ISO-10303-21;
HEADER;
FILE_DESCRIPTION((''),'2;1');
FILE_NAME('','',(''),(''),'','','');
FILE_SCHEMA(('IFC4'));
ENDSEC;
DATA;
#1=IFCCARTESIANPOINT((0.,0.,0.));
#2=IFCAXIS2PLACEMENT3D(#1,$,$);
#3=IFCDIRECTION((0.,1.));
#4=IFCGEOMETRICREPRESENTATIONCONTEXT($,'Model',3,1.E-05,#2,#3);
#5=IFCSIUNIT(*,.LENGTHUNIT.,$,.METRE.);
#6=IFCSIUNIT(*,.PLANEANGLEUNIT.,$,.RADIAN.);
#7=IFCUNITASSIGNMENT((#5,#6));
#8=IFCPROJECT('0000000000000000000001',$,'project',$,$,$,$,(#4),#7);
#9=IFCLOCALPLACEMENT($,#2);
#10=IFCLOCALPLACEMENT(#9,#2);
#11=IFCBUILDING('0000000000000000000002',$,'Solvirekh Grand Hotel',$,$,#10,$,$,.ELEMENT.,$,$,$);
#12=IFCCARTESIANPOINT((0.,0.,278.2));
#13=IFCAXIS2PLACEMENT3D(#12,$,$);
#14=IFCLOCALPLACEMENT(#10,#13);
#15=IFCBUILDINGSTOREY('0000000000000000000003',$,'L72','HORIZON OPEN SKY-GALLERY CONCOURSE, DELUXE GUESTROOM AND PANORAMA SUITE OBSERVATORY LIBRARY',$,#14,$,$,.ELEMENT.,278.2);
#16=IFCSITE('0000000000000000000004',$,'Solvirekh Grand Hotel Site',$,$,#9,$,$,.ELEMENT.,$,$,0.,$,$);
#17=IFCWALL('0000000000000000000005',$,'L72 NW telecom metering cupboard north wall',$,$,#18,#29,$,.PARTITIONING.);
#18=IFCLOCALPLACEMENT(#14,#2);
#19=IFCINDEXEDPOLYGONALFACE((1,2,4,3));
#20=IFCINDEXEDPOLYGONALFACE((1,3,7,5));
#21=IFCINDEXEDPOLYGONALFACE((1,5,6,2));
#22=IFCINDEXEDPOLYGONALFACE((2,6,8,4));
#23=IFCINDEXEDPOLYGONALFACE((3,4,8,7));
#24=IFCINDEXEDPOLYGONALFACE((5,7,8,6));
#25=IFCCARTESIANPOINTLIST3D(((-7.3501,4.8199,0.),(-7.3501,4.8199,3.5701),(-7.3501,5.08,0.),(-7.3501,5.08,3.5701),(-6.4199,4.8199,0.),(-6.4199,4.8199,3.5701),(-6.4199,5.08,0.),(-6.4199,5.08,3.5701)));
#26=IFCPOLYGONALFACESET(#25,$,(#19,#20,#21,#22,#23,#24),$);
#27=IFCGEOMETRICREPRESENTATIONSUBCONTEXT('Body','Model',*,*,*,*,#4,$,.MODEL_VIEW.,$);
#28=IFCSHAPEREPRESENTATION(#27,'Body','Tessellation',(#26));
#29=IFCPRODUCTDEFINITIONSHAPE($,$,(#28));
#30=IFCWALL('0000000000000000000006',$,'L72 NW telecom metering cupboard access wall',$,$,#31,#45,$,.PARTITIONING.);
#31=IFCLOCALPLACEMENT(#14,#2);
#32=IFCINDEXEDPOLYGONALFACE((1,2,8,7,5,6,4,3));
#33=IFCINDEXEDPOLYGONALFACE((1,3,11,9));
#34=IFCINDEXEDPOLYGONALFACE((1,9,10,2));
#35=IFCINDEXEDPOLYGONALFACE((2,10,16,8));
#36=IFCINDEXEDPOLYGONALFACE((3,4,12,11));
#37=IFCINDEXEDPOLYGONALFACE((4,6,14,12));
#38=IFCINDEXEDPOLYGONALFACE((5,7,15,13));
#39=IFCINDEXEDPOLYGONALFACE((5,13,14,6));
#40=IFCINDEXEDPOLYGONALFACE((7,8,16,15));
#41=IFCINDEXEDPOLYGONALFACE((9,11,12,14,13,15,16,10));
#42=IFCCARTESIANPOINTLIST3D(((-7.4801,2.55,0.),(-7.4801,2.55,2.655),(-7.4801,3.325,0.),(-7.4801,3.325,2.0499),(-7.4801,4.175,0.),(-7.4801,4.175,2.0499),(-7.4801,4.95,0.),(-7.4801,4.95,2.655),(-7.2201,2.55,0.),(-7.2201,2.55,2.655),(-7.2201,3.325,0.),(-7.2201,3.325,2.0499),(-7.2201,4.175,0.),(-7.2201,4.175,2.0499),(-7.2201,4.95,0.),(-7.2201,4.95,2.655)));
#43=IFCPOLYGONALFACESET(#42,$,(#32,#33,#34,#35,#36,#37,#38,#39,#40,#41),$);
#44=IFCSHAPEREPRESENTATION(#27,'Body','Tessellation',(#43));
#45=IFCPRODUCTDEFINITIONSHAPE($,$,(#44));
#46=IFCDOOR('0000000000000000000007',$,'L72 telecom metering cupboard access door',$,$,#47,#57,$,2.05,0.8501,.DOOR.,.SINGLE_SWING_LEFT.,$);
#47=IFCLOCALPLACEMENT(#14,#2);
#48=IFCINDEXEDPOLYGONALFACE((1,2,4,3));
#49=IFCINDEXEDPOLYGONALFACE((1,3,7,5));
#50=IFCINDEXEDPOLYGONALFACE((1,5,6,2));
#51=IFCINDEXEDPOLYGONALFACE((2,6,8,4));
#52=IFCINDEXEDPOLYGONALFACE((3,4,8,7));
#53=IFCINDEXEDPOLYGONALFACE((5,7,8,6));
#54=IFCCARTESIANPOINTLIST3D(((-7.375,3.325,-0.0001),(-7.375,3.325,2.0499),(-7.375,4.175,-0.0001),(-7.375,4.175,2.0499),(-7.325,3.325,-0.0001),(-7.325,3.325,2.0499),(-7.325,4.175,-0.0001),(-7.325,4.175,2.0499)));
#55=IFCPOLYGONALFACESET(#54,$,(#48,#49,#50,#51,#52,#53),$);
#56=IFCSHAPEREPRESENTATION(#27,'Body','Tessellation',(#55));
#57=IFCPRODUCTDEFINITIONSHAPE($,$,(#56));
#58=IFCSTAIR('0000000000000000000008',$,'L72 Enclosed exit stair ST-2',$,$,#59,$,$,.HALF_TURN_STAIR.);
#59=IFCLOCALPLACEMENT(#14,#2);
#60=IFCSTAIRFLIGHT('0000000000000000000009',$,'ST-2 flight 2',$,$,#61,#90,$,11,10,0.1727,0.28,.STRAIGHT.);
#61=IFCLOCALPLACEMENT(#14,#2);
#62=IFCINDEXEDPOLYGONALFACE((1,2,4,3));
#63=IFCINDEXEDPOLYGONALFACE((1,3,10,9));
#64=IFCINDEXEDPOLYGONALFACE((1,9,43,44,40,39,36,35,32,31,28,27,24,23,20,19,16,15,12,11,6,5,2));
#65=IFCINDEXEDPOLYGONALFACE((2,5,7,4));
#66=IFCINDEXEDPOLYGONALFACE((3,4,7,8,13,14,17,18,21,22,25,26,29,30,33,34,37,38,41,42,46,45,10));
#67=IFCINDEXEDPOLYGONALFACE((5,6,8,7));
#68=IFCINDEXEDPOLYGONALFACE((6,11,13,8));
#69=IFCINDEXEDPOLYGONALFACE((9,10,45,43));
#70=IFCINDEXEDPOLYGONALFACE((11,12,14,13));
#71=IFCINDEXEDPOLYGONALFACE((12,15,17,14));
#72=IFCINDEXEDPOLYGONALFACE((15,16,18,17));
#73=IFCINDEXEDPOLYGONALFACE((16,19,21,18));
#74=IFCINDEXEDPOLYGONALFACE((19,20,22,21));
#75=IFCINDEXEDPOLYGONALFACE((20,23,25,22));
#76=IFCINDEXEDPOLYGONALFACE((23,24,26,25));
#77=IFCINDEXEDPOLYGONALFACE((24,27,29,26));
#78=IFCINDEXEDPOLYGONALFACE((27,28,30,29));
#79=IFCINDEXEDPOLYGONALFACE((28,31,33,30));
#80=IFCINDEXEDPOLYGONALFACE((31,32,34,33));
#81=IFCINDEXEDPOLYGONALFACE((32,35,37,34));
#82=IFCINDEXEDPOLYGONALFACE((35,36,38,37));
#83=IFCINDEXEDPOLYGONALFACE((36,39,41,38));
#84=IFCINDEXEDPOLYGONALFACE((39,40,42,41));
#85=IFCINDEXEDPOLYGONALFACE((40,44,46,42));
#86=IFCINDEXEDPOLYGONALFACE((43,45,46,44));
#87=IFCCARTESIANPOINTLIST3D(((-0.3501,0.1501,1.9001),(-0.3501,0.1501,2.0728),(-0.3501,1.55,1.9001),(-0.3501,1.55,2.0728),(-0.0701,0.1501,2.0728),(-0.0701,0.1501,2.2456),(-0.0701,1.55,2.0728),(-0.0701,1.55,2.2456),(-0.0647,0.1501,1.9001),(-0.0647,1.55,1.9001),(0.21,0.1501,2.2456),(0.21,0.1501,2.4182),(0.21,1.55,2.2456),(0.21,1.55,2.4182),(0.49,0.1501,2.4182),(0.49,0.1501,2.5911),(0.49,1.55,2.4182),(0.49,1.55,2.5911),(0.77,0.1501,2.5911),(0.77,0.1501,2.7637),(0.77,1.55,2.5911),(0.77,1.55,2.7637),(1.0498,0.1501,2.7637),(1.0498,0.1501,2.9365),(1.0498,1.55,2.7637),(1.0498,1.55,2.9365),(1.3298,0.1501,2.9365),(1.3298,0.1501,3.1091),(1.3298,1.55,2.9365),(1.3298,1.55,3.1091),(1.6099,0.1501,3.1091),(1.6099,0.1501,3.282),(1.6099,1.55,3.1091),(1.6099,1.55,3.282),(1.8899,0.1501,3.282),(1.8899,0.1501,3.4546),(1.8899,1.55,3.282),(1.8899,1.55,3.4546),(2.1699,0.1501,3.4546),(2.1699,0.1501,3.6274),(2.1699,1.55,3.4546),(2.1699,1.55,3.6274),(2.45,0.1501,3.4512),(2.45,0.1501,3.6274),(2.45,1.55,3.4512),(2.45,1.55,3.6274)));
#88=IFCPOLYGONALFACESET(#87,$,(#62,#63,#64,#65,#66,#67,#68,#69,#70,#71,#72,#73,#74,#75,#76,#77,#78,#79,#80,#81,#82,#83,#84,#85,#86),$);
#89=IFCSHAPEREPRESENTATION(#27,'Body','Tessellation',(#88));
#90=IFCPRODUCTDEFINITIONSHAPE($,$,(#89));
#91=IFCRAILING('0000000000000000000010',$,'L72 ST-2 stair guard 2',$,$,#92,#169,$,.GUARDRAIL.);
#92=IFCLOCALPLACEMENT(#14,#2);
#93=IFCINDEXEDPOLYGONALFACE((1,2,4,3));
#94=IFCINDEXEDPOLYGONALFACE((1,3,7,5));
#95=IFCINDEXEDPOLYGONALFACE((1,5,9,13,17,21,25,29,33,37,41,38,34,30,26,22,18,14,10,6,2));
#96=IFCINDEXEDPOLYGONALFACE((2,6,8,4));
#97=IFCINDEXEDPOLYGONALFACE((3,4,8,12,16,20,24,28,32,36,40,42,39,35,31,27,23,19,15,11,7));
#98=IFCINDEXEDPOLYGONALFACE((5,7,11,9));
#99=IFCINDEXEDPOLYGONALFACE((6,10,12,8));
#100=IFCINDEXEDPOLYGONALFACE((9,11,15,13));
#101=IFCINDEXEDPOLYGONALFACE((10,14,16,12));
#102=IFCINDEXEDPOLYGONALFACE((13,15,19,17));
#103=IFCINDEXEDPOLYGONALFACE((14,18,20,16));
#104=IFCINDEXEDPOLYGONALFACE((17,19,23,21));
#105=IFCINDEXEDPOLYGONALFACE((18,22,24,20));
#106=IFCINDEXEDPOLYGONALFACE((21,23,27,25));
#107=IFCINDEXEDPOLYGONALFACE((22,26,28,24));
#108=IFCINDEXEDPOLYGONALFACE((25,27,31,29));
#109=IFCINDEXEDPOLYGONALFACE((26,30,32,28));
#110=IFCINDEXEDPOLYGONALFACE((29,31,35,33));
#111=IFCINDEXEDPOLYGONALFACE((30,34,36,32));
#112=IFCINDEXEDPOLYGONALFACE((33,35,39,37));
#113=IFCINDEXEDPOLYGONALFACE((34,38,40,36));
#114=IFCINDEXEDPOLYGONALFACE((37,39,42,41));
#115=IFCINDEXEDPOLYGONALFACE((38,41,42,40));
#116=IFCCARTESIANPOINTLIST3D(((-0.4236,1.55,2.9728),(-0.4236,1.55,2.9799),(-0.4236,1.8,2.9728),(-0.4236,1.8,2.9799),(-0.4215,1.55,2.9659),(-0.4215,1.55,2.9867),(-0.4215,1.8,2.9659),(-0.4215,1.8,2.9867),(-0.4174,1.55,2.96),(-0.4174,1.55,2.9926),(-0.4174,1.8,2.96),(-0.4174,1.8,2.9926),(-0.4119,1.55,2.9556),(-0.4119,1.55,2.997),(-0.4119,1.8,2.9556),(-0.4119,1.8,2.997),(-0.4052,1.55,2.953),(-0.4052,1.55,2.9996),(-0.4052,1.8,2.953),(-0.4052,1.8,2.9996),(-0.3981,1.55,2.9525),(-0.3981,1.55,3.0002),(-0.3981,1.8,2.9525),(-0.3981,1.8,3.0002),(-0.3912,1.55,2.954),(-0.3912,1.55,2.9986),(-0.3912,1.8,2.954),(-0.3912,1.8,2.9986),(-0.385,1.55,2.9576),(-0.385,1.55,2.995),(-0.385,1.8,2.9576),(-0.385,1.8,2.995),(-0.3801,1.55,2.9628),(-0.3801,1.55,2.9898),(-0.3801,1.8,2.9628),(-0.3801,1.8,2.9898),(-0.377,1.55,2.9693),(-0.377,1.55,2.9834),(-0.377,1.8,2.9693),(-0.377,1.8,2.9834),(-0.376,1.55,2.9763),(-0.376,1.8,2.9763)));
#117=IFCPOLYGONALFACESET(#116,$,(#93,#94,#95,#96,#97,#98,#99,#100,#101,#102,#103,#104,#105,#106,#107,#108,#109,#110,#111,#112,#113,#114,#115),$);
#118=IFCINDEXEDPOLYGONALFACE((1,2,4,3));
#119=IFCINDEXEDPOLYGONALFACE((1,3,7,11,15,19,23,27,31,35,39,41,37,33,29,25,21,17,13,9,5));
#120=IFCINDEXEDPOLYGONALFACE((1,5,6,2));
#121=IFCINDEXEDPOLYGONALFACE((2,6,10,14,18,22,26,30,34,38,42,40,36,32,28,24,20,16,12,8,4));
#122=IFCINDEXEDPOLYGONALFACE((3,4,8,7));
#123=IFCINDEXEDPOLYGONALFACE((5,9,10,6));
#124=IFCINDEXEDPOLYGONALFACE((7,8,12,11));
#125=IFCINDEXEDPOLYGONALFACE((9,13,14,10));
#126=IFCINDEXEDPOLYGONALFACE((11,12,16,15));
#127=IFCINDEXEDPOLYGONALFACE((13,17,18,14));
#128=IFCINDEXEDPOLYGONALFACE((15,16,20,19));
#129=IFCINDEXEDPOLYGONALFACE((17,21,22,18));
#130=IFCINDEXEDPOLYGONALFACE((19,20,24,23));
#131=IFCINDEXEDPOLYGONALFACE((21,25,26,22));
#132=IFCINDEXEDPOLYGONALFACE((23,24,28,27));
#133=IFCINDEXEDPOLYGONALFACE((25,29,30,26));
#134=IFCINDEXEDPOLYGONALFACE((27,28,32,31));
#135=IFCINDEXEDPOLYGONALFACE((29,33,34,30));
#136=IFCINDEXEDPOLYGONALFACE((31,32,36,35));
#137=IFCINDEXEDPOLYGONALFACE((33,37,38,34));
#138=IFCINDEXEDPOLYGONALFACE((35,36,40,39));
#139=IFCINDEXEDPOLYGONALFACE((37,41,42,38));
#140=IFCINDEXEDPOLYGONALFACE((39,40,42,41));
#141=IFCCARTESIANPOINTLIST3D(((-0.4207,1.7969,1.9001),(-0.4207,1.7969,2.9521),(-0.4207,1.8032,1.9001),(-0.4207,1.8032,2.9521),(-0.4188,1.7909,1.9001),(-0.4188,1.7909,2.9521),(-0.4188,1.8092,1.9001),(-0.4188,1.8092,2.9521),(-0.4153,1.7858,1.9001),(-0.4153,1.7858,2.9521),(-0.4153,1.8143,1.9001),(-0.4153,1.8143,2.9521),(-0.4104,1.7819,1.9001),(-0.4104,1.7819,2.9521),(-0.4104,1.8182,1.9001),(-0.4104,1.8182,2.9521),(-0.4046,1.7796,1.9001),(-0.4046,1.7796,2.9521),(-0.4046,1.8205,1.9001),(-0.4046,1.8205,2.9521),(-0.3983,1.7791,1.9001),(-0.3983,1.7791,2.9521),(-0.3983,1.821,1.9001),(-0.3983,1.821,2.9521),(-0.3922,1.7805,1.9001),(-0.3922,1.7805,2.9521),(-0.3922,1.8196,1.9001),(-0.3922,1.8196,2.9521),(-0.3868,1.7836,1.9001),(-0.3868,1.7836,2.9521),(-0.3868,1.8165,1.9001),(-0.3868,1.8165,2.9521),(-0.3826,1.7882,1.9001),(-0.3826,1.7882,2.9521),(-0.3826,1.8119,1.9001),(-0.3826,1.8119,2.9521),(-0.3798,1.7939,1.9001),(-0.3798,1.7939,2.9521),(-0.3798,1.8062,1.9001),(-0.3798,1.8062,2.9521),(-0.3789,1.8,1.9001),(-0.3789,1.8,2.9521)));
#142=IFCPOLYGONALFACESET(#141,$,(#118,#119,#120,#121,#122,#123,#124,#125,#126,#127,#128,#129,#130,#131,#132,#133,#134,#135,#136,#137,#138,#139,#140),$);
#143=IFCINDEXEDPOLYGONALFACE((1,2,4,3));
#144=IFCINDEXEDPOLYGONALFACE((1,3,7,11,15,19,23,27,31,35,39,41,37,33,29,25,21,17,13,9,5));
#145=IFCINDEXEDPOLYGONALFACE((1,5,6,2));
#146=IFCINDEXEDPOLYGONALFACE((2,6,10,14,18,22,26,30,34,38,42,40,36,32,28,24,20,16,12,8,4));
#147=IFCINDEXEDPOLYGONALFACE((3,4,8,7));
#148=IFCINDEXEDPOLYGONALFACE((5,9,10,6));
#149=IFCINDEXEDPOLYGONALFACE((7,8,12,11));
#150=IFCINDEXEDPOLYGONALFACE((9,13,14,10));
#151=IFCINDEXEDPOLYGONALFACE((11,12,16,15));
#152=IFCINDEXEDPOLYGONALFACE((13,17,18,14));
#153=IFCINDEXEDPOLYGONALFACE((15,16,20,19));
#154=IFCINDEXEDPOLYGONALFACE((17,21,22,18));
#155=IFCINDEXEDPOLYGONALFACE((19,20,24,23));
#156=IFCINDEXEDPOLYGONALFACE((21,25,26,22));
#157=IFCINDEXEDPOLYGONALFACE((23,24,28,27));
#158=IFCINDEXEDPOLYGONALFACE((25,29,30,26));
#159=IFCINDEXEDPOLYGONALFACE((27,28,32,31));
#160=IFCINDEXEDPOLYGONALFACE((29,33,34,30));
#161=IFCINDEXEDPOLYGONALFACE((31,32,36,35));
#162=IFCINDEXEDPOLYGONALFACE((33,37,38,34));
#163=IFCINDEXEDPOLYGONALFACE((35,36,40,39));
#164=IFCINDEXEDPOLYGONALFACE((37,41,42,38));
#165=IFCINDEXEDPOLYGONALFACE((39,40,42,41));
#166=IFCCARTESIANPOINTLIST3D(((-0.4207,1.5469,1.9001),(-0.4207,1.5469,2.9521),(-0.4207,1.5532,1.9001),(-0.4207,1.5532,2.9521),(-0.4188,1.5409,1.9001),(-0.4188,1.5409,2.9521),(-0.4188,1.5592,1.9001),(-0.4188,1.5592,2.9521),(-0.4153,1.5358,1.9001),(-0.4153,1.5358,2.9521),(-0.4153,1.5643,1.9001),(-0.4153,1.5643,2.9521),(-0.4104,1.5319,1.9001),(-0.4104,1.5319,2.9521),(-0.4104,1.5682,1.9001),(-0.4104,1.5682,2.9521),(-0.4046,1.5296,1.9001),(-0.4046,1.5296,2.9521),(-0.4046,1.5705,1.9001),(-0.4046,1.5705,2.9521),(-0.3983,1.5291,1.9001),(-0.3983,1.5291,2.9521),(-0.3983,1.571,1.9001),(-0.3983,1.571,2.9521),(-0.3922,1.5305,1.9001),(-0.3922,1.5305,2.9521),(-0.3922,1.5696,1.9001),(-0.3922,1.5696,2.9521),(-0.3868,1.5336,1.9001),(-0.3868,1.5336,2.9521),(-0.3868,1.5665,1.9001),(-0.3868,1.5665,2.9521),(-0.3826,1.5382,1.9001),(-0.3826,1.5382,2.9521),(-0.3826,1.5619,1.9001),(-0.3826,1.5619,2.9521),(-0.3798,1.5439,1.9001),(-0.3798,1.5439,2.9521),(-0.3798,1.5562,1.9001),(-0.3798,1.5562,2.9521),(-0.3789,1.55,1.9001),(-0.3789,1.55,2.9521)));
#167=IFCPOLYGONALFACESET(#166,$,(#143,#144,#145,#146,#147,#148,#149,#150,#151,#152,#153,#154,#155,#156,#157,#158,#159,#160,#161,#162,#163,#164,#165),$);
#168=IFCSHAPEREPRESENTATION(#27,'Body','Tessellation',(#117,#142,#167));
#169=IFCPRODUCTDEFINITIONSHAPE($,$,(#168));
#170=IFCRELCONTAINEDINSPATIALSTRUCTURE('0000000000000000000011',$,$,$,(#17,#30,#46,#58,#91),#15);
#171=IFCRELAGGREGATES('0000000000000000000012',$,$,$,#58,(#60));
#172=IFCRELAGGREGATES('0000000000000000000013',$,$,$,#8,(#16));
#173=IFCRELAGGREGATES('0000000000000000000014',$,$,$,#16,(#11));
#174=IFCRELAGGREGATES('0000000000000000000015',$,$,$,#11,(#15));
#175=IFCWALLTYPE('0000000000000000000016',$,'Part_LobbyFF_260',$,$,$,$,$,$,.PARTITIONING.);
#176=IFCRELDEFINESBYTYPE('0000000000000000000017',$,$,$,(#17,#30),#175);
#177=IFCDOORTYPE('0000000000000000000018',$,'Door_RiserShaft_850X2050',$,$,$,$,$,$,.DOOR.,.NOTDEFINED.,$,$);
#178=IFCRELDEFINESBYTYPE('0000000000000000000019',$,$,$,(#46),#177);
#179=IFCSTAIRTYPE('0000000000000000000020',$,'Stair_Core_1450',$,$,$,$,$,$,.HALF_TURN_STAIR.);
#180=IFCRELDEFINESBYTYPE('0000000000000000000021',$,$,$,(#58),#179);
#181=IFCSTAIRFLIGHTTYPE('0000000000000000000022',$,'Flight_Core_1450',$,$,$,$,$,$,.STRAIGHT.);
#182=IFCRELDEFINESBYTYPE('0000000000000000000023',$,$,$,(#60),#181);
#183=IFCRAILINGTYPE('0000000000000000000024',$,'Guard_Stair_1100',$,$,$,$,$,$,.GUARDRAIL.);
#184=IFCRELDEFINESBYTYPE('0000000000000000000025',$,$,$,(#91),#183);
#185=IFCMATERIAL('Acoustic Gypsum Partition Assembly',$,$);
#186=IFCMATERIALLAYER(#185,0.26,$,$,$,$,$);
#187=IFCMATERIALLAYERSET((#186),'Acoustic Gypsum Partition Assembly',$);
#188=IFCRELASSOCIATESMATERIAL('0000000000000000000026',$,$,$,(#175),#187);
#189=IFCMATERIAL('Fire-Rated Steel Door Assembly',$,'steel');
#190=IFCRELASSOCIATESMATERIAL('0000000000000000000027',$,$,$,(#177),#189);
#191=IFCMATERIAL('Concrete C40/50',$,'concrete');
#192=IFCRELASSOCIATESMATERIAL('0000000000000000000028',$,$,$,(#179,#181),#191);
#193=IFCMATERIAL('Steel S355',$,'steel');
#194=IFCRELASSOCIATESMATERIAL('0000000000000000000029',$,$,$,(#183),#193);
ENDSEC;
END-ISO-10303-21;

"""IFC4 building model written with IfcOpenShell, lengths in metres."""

from ifc_helpers import new_model, si_unit, direction, frame, frame_2d, origin, origin_2d, place, context, subcontext, project, spatial, polyline, rectangle, circle, outline, extrude, material, layer, layer_set, type_object, element, fill, aggregate, save


model = new_model("IFC4")

# Units and contexts
model_context = context("Model", 3, precision=1e-05, world=origin(), true_north=direction((0.0, 1.0)))
body_context = subcontext(model_context, "Body", "Model", "MODEL_VIEW")
ifc_project = project(units=[si_unit("LENGTHUNIT", "METRE"), si_unit("PLANEANGLEUNIT", "RADIAN")], contexts=[model_context])

# Site, building, storey
site_placement = place(None, origin())
site = spatial("IfcSite", under=ifc_project, at=site_placement, Name="Solvirekh Grand Hotel Site", CompositionType="ELEMENT", RefElevation=0.0)
building_placement = place(site_placement, origin())
building = spatial("IfcBuilding", under=site, at=building_placement, Name="Solvirekh Grand Hotel", CompositionType="ELEMENT")
storey_placement = place(building_placement, frame((0.0, 0.0, 278.2)))
storey = spatial("IfcBuildingStorey", under=building, at=storey_placement, Name="L72", Description="HORIZON OPEN SKY-GALLERY CONCOURSE, DELUXE GUESTROOM AND PANORAMA SUITE OBSERVATORY LIBRARY", CompositionType="ELEMENT", Elevation=278.2)

# Shared definitions
ifc_material_1 = material(Name="Concrete C40/50", Category="concrete")
ifc_material_2 = material(Name="Fire-Rated Steel Door Assembly", Category="steel")

# Wall
ifc_material_3 = material(Name="Acoustic Gypsum Partition Assembly")
ifc_layer_1 = layer(ifc_material_3, 0.26)
ifc_layer_set_1 = layer_set([ifc_layer_1], Name="Acoustic Gypsum Partition Assembly")
wall_type_1 = type_object("IfcWallType", Name="Part_LobbyFF_260", PredefinedType="PARTITIONING", material=ifc_layer_set_1)
wall_1_placement = place(storey_placement, frame((-7.3501, 4.95, 0.0), z_axis=(0.0, 0.0, 1.0), x_axis=(1.0, 0.0, 0.0)))
element("IfcWall", 1, at=wall_1_placement, inside=storey, type_object=wall_type_1, Name="L72 NW telecom metering cupboard north wall", PredefinedType="PARTITIONING", context=body_context, shape_type="SweptSolid", body=[
    extrude(rectangle(XDim=0.9302, YDim=0.26, at=frame_2d((0.4651, 0.0))), origin(), (0.0, 0.0, 1.0), 3.5701),
])

# Wall, opening, door
wall_2_placement = place(storey_placement, frame((-7.3501, 2.55, 0.0), z_axis=(0.0, 0.0, 1.0), x_axis=(0.0, 1.0, 0.0)))
wall_2 = element("IfcWall", 2, at=wall_2_placement, inside=storey, type_object=wall_type_1, Name="L72 NW telecom metering cupboard access wall", PredefinedType="PARTITIONING", context=body_context, shape_type="SweptSolid", body=[
    extrude(rectangle(XDim=2.3999, YDim=0.26, at=frame_2d((1.2, 0.0))), origin(), (0.0, 0.0, 1.0), 2.655),
])
opening_1_placement = place(wall_2_placement, frame((0.7749, 0.0, 0.0)))
opening_1 = element("IfcOpeningElement", 3, at=opening_1_placement, cuts=wall_2, PredefinedType="OPENING", context=body_context, shape_type="SweptSolid", body=[
    extrude(rectangle(XDim=0.8501, YDim=2.05, at=frame_2d((0.425, 1.0249))), frame((0.0, 0.1401, 0.0), z_axis=(0.0, -1.0, 0.0), x_axis=(1.0, 0.0, 0.0)), (0.0, 0.0, 1.0), 0.28),
])
door_type_1 = type_object("IfcDoorType", Name="Door_RiserShaft_850X2050", OperationType="NOTDEFINED", PredefinedType="DOOR", material=ifc_material_2)
door_1_placement = place(opening_1_placement, origin())
door_1 = element("IfcDoor", 4, at=door_1_placement, inside=storey, type_object=door_type_1, Name="L72 telecom metering cupboard access door", OperationType="SINGLE_SWING_LEFT", OverallHeight=2.05, OverallWidth=0.8501, PredefinedType="DOOR", context=body_context, shape_type="SweptSolid", body=[
    extrude(rectangle(XDim=0.8501, YDim=2.05, at=frame_2d((0.425, 1.0249))), frame((0.0, 0.0249, 0.0), z_axis=(0.0, -1.0, 0.0), x_axis=(1.0, 0.0, 0.0)), (0.0, 0.0, 1.0), 0.05),
])
fill(opening_1, door_1)

# Stair, stair flight
stair_type = type_object("IfcStairType", Name="Stair_Core_1450", PredefinedType="HALF_TURN_STAIR", material=ifc_material_1)
stair_placement = place(storey_placement, origin())
stair = element("IfcStair", 5, at=stair_placement, inside=storey, type_object=stair_type, Name="L72 Enclosed exit stair ST-2", PredefinedType="HALF_TURN_STAIR")
stair_flight_type = type_object("IfcStairFlightType", Name="Flight_Core_1450", PredefinedType="STRAIGHT", material=ifc_material_1)
stair_flight_placement = place(storey_placement, frame((-0.3501, 0.8501, 1.9001), z_axis=(0.0, 0.0, 1.0), x_axis=(1.0, 0.0, 0.0)))
stair_flight = element("IfcStairFlight", 6, at=stair_flight_placement, type_object=stair_flight_type, Name="ST-2 flight 2", NumberOfRisers=11, NumberOfTreads=10, PredefinedType="STRAIGHT", RiserHeight=0.1727, TreadLength=0.28, context=body_context, shape_type="SweptSolid", body=[
    extrude(outline(polyline([(0.0, 0.0), (0.0, 0.1726), (0.28, 0.1726), (0.28, 0.3455), (0.5601, 0.3455), (0.5601, 0.5181), (0.8401, 0.5181), (0.8401, 0.6909), (1.1201, 0.6909), (1.1201, 0.8635), (1.3999, 0.8635), (1.3999, 1.0364), (1.6799, 1.0364), (1.6799, 1.209), (1.96, 1.209), (1.96, 1.3818), (2.24, 1.3818), (2.24, 1.5544), (2.52, 1.5544), (2.52, 1.7273), (2.8, 1.7273), (2.8, 1.8999), (2.8, 1.551), (0.2854, 0.0), (0.0, 0.0)])), frame((0.0, 0.7, 0.0), z_axis=(0.0, -1.0, 0.0), x_axis=(1.0, 0.0, 0.0)), (0.0, 0.0, 1.0), 1.3999),
])
aggregate(stair, [stair_flight])

# Railing
ifc_material_4 = material(Name="Steel S355", Category="steel")
railing_type = type_object("IfcRailingType", Name="Guard_Stair_1100", PredefinedType="GUARDRAIL", material=ifc_material_4)
railing_1_placement = place(storey_placement, frame((-0.3999, 1.8, 1.9001)))
element("IfcRailing", 7, at=railing_1_placement, inside=storey, type_object=railing_type, Name="L72 ST-2 stair guard 2", PredefinedType="GUARDRAIL", context=body_context, shape_type="SweptSolid", body=[
    extrude(circle(Radius=0.0239, at=origin_2d()), frame((0.0, 0.0, 1.0762), z_axis=(0.0, -1.0, 0.0), x_axis=(1.0, 0.0, 0.0)), (0.0, 0.0, 1.0), 0.25),
    extrude(circle(Radius=0.021, at=origin_2d()), origin(), (0.0, 0.0, 1.0), 1.052),
    extrude(circle(Radius=0.021, at=origin_2d()), frame((0.0, -0.25, 0.0)), (0.0, 0.0, 1.0), 1.052),
])

save(model, "model.ifc")
